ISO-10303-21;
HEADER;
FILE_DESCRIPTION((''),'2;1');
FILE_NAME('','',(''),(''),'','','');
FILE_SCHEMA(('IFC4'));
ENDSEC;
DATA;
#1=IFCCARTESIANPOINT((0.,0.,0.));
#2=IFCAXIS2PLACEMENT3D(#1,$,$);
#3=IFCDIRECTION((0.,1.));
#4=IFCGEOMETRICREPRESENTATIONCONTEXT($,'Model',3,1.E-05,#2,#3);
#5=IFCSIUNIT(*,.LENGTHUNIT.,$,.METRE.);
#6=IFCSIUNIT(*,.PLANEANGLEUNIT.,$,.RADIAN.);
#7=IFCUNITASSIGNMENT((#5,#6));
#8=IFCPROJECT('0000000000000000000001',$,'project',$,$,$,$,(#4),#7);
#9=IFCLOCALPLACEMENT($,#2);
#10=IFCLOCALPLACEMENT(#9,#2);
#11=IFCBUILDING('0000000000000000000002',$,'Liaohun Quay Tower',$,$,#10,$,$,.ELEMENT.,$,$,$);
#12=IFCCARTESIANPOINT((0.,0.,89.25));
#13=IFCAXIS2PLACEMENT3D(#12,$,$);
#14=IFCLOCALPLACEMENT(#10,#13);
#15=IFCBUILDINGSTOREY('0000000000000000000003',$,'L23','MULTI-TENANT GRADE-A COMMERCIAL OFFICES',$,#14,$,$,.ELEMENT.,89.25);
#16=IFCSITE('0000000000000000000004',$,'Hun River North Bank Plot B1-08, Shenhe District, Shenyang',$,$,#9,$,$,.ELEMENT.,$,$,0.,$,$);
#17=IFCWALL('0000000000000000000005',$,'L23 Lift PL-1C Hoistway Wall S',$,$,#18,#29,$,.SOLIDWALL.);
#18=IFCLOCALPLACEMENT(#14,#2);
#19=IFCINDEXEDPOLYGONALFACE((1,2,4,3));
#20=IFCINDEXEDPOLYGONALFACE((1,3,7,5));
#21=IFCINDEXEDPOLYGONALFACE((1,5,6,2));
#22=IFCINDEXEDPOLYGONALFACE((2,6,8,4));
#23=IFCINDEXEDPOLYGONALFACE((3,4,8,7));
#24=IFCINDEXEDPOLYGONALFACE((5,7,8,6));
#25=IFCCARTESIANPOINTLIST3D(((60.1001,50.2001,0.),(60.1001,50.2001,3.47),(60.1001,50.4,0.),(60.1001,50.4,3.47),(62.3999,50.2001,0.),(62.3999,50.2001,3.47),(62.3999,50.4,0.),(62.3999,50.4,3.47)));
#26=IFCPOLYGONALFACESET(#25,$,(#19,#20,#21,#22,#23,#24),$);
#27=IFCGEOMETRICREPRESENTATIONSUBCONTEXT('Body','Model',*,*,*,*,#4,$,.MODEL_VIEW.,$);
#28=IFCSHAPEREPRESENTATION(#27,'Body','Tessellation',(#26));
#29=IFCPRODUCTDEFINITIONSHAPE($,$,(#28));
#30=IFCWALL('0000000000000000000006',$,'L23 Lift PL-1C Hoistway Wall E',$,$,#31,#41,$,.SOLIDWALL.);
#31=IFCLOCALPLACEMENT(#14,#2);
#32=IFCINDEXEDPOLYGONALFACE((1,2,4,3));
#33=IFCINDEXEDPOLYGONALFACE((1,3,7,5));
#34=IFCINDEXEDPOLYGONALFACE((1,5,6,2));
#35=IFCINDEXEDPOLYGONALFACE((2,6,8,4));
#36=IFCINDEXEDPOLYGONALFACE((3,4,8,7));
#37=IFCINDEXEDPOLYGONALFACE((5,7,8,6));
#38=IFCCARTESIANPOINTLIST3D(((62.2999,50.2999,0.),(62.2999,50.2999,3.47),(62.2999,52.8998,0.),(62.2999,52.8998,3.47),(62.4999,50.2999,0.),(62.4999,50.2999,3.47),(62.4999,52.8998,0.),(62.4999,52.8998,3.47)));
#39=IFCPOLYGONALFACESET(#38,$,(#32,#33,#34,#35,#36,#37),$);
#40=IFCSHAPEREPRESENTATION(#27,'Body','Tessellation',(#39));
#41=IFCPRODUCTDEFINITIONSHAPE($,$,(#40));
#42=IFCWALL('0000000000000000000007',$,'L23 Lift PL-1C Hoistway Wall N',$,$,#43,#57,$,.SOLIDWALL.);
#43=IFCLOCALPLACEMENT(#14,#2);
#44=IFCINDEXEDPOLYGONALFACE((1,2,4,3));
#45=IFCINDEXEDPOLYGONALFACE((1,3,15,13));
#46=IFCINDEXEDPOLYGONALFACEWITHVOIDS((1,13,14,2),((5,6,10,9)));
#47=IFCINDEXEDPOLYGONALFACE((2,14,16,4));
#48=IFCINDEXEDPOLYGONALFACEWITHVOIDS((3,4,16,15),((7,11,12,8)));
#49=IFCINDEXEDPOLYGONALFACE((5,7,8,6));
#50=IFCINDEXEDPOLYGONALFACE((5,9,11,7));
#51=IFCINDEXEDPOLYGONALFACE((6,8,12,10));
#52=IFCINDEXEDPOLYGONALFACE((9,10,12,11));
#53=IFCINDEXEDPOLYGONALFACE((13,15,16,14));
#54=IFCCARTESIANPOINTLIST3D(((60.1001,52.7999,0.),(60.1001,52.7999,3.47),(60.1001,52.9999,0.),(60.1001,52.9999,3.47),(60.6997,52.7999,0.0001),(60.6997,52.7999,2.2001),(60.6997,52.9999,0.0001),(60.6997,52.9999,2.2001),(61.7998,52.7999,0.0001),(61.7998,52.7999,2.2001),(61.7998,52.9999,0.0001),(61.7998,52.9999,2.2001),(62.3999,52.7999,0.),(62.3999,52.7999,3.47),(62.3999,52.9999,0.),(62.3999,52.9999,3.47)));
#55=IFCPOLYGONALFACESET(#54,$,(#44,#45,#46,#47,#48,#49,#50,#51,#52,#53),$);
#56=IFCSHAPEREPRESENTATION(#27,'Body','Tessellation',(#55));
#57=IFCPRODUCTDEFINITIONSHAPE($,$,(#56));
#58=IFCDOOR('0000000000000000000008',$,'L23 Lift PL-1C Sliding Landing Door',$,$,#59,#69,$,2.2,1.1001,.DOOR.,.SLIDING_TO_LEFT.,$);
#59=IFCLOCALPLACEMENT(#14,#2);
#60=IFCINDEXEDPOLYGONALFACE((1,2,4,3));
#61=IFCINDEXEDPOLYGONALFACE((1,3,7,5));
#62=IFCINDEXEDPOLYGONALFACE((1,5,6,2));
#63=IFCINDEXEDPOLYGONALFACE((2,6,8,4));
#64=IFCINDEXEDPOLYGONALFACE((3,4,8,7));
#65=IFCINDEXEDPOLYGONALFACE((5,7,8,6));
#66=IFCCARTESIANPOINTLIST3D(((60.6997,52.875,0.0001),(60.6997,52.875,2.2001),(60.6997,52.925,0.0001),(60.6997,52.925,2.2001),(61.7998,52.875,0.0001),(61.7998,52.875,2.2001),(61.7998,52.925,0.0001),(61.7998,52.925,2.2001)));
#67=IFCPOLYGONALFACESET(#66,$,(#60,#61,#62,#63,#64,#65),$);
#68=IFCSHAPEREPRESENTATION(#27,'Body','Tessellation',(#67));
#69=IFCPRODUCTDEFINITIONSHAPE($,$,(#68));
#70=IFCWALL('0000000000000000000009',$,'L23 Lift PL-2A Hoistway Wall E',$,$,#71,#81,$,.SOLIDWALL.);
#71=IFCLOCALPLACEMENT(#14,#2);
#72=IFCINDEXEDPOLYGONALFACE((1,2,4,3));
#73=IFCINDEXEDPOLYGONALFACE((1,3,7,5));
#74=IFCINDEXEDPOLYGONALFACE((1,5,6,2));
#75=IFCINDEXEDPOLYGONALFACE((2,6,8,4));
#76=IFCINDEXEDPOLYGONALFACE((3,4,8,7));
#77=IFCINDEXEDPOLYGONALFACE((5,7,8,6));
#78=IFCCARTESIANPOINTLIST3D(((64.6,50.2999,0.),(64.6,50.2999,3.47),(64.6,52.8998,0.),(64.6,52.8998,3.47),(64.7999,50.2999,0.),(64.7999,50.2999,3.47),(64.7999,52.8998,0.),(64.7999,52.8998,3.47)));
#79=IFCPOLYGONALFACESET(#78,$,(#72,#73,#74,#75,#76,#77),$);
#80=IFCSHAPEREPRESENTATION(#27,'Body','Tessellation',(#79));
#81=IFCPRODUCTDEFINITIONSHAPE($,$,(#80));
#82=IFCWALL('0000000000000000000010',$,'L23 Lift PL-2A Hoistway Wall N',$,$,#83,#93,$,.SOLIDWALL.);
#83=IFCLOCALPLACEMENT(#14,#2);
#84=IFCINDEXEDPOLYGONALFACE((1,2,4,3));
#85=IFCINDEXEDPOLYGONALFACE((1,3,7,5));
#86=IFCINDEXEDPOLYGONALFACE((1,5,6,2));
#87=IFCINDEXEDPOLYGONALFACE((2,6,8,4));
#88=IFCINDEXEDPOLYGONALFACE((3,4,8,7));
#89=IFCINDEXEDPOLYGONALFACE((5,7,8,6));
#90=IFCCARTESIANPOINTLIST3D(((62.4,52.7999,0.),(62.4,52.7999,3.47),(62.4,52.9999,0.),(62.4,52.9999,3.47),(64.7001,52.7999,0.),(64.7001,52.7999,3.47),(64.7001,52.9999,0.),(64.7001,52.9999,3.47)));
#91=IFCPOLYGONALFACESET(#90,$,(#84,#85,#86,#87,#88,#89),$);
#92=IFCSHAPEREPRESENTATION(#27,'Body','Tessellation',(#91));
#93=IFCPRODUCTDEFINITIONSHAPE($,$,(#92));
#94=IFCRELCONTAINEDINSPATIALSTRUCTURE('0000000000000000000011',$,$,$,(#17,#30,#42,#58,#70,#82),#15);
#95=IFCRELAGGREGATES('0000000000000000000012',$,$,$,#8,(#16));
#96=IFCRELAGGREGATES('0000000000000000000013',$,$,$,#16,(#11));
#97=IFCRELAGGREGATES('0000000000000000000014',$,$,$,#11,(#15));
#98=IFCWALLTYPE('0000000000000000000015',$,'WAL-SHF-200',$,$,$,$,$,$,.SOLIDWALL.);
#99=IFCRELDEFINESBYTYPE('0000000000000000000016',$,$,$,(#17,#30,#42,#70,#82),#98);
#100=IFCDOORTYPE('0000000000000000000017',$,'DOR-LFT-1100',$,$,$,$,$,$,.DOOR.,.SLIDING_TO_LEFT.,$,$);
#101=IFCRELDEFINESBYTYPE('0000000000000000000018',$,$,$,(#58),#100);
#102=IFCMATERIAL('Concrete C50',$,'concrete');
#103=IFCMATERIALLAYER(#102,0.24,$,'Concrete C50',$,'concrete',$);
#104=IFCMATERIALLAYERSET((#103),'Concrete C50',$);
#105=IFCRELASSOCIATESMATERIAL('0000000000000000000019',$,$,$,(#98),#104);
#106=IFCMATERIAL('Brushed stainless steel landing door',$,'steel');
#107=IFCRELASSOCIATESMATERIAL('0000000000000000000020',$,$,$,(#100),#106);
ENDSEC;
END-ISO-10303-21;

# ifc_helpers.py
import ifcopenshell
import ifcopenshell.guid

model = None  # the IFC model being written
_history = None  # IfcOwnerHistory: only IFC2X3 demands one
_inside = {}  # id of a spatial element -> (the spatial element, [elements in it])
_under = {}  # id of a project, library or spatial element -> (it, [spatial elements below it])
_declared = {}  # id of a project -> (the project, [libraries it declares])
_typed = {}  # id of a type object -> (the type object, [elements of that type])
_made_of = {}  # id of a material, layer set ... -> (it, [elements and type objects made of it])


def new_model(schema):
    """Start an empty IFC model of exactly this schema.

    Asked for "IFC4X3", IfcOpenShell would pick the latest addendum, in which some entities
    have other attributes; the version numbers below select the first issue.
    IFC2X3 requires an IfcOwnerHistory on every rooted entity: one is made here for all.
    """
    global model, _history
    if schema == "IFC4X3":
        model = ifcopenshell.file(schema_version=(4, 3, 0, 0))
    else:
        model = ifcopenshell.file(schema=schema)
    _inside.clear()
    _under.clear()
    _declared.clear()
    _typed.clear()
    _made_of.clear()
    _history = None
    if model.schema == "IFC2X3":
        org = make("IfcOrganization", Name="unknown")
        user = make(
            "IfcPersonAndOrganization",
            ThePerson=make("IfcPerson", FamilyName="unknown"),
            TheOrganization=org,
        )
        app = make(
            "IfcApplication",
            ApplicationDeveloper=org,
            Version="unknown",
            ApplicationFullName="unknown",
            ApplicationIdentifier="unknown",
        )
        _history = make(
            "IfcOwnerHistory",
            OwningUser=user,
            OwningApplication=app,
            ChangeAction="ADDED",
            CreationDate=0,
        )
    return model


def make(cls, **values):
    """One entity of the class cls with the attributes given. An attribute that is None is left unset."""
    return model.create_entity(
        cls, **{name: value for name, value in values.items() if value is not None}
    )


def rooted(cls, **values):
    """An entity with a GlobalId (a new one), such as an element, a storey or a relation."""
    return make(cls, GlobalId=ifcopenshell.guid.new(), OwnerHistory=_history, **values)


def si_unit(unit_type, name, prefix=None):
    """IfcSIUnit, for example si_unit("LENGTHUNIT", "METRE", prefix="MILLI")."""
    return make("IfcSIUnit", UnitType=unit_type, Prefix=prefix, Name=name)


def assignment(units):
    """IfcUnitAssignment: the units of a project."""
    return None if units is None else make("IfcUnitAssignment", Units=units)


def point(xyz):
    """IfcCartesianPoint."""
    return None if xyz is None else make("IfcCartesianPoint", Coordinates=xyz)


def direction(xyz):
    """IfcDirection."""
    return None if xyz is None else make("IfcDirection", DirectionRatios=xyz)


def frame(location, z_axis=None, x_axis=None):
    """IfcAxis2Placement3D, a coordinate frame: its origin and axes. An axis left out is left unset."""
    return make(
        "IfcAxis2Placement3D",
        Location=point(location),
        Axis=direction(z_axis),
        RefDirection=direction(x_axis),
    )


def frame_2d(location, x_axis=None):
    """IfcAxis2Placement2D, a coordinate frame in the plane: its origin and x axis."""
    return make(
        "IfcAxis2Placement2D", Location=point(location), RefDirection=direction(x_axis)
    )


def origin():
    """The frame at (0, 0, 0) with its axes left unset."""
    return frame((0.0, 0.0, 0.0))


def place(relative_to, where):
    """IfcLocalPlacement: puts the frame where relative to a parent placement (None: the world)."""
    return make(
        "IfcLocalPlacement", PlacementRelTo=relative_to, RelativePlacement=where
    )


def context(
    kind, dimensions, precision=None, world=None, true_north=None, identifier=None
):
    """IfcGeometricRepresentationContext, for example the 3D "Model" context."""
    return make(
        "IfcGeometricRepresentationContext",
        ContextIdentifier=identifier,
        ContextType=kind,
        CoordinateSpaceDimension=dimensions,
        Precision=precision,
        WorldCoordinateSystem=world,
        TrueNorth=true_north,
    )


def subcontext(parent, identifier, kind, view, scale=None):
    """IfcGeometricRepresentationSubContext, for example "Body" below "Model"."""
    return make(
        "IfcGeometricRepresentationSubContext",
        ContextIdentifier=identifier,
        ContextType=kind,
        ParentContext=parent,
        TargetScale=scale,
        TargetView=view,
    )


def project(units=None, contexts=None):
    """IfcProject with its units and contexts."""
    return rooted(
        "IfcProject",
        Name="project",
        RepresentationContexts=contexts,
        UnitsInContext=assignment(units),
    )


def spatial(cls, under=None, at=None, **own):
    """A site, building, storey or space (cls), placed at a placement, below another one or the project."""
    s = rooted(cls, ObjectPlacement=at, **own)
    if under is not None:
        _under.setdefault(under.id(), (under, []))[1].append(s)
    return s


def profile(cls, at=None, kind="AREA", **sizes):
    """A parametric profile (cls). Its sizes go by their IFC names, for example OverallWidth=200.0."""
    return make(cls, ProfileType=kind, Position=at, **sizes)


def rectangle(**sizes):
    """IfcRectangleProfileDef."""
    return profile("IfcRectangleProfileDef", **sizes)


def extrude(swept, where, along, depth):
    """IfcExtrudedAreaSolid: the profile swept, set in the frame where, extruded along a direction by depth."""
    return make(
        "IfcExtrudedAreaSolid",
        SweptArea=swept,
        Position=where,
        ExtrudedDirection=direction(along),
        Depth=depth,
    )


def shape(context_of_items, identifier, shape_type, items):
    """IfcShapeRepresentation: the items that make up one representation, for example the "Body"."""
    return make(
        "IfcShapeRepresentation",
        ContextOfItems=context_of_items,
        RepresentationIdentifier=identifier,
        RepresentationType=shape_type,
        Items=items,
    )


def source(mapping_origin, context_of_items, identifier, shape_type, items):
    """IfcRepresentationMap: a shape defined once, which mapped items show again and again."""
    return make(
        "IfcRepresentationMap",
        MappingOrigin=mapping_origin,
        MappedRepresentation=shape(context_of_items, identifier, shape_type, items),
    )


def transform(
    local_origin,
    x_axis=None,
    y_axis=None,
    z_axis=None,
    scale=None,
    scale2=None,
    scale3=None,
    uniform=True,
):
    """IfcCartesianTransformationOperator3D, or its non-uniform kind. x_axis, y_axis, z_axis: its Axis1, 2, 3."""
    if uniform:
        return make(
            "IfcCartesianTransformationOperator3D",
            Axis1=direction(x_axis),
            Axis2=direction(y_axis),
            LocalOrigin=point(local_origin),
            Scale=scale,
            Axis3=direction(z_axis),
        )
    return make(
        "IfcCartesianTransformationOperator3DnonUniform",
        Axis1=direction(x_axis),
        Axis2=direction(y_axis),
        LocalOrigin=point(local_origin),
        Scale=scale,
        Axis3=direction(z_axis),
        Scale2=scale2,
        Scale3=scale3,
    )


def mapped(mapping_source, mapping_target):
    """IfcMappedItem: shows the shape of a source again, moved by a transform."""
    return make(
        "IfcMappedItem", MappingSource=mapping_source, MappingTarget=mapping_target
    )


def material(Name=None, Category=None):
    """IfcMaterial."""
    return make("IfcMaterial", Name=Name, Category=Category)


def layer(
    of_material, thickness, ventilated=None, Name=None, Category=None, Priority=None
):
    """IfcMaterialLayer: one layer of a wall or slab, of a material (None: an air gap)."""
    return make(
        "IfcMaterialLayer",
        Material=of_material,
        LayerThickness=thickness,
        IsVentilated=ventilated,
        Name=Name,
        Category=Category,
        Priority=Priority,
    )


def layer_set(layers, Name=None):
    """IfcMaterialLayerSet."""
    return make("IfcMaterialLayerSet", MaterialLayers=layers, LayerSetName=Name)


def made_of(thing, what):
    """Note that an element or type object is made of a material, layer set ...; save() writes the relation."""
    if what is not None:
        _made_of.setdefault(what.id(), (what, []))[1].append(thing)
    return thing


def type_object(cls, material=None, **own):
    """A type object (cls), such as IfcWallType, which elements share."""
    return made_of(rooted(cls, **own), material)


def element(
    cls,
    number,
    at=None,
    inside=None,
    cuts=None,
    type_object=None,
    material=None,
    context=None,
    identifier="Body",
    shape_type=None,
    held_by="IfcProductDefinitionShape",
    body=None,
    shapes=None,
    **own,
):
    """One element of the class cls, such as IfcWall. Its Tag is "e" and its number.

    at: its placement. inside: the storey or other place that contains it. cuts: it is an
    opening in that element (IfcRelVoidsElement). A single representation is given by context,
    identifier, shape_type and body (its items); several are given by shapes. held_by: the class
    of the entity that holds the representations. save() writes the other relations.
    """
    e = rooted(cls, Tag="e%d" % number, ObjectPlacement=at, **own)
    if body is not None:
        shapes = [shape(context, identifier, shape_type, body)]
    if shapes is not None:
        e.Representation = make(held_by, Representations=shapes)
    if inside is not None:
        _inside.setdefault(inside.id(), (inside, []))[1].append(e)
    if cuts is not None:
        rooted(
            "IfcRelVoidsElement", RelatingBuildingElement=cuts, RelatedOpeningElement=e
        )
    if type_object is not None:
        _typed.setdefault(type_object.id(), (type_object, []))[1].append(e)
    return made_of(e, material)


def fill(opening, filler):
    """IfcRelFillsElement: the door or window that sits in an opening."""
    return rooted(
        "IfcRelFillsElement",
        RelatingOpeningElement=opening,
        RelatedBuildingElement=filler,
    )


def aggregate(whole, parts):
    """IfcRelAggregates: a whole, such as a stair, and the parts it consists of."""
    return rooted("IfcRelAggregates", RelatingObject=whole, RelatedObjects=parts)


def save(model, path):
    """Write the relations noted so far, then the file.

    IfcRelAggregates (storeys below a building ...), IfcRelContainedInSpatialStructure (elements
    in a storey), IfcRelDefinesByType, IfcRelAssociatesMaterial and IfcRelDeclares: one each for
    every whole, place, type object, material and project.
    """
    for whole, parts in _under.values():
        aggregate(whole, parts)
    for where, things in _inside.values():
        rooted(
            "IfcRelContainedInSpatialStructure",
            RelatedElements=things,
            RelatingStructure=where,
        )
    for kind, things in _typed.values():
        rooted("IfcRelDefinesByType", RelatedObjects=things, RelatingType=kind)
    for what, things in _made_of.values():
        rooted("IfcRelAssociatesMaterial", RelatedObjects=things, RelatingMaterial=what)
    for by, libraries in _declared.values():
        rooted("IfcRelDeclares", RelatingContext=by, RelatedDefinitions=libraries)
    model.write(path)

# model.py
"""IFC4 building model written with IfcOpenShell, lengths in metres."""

from ifc_helpers import new_model, si_unit, direction, frame, frame_2d, origin, place, context, subcontext, project, spatial, rectangle, extrude, source, transform, mapped, material, layer, layer_set, type_object, element, fill, save


model = new_model("IFC4")

# Units and contexts
model_context = context("Model", 3, precision=1e-05, world=origin(), true_north=direction((0.0, 1.0)))
body_context = subcontext(model_context, "Body", "Model", "MODEL_VIEW")
ifc_project = project(units=[si_unit("LENGTHUNIT", "METRE"), si_unit("PLANEANGLEUNIT", "RADIAN")], contexts=[model_context])

# Site, building, storey
site_placement = place(None, origin())
site = spatial("IfcSite", under=ifc_project, at=site_placement, Name="Hun River North Bank Plot B1-08, Shenhe District, Shenyang", CompositionType="ELEMENT", RefElevation=0.0)
building_placement = place(site_placement, origin())
building = spatial("IfcBuilding", under=site, at=building_placement, Name="Liaohun Quay Tower", CompositionType="ELEMENT")
storey_placement = place(building_placement, frame((0.0, 0.0, 89.25)))
storey = spatial("IfcBuildingStorey", under=building, at=storey_placement, Name="L23", Description="MULTI-TENANT GRADE-A COMMERCIAL OFFICES", CompositionType="ELEMENT", Elevation=89.25)

# Shared definitions
ifc_material_1 = material(Name="Concrete C50", Category="concrete")
ifc_layer_1 = layer(ifc_material_1, 0.24, Name="Concrete C50", Category="concrete")
ifc_layer_set_1 = layer_set([ifc_layer_1], Name="Concrete C50")
wall_type_1 = type_object("IfcWallType", Name="WAL-SHF-200", PredefinedType="SOLIDWALL", material=ifc_layer_set_1)

# Shared definitions
shared_shape_1 = source(origin(), body_context, "Body", "SweptSolid", [
    extrude(rectangle(XDim=1.1001, YDim=2.2, at=frame_2d((0.55, 1.1001))), frame((0.0, 0.1099, 0.0), z_axis=(0.0, -1.0, 0.0), x_axis=(1.0, 0.0, 0.0)), (0.0, 0.0, 1.0), 0.22),
])
ifc_material_2 = material(Name="Brushed stainless steel landing door", Category="steel")
door_type_1 = type_object("IfcDoorType", Name="DOR-LFT-1100", OperationType="SLIDING_TO_LEFT", PredefinedType="DOOR", material=ifc_material_2)
shared_shape_2 = source(origin(), body_context, "Body", "SweptSolid", [
    extrude(rectangle(XDim=1.1001, YDim=2.2, at=frame_2d((0.55, 1.1001))), frame((0.0, 0.0249, 0.0), z_axis=(0.0, -1.0, 0.0), x_axis=(1.0, 0.0, 0.0)), (0.0, 0.0, 1.0), 0.05),
])

# Walls
wall_1_placement = place(storey_placement, frame((60.1001, 50.3, 0.0), z_axis=(0.0, 0.0, 1.0), x_axis=(1.0, 0.0, 0.0)))
element("IfcWall", 1, at=wall_1_placement, inside=storey, type_object=wall_type_1, Name="L23 Lift PL-1C Hoistway Wall S", PredefinedType="SOLIDWALL", context=body_context, shape_type="SweptSolid", body=[
    extrude(rectangle(XDim=2.2998, YDim=0.2, at=frame_2d((1.1499, 0.0))), origin(), (0.0, 0.0, 1.0), 3.47),
])
wall_2_placement = place(storey_placement, frame((62.3999, 50.3, 0.0), z_axis=(0.0, 0.0, 1.0), x_axis=(0.0, 1.0, 0.0)))
element("IfcWall", 2, at=wall_2_placement, inside=storey, type_object=wall_type_1, Name="L23 Lift PL-1C Hoistway Wall E", PredefinedType="SOLIDWALL", context=body_context, shape_type="SweptSolid", body=[
    extrude(rectangle(XDim=2.5999, YDim=0.2, at=frame_2d((1.2998, 0.0))), origin(), (0.0, 0.0, 1.0), 3.47),
])

# Wall, opening, door
wall_3_placement = place(storey_placement, frame((62.3999, 52.8999, 0.0), z_axis=(0.0, 0.0, 1.0), x_axis=(-1.0, 0.0, 0.0)))
wall_3 = element("IfcWall", 3, at=wall_3_placement, inside=storey, type_object=wall_type_1, Name="L23 Lift PL-1C Hoistway Wall N", PredefinedType="SOLIDWALL", context=body_context, shape_type="SweptSolid", body=[
    extrude(rectangle(XDim=2.2998, YDim=0.2, at=frame_2d((1.1499, 0.0))), origin(), (0.0, 0.0, 1.0), 3.47),
])
opening_1_placement = place(wall_3_placement, frame((0.6001, 0.0, 0.0)))
opening_1 = element("IfcOpeningElement", 4, at=opening_1_placement, cuts=wall_3, PredefinedType="OPENING", context=body_context, shape_type="MappedRepresentation", body=[
    mapped(shared_shape_1, transform((0.0, 0.0, 0.0), x_axis=(1.0, 0.0, 0.0), y_axis=(0.0, 1.0, 0.0), z_axis=(0.0, 0.0, 1.0), scale=1.0)),
])
door_1_placement = place(opening_1_placement, origin())
door_1 = element("IfcDoor", 5, at=door_1_placement, inside=storey, type_object=door_type_1, Name="L23 Lift PL-1C Sliding Landing Door", OperationType="SLIDING_TO_LEFT", OverallHeight=2.2, OverallWidth=1.1001, PredefinedType="DOOR", context=body_context, shape_type="MappedRepresentation", body=[
    mapped(shared_shape_2, transform((0.0, 0.0, 0.0), x_axis=(1.0, 0.0, 0.0), y_axis=(0.0, 1.0, 0.0), z_axis=(0.0, 0.0, 1.0), scale=1.0)),
])
fill(opening_1, door_1)

# Walls
wall_4_placement = place(storey_placement, frame((64.7, 50.3, 0.0), z_axis=(0.0, 0.0, 1.0), x_axis=(0.0, 1.0, 0.0)))
element("IfcWall", 6, at=wall_4_placement, inside=storey, type_object=wall_type_1, Name="L23 Lift PL-2A Hoistway Wall E", PredefinedType="SOLIDWALL", context=body_context, shape_type="SweptSolid", body=[
    extrude(rectangle(XDim=2.5999, YDim=0.2, at=frame_2d((1.2998, 0.0))), origin(), (0.0, 0.0, 1.0), 3.47),
])
wall_5_placement = place(storey_placement, frame((64.7, 52.8999, 0.0), z_axis=(0.0, 0.0, 1.0), x_axis=(-1.0, 0.0, 0.0)))
element("IfcWall", 7, at=wall_5_placement, inside=storey, type_object=wall_type_1, Name="L23 Lift PL-2A Hoistway Wall N", PredefinedType="SOLIDWALL", context=body_context, shape_type="SweptSolid", body=[
    extrude(rectangle(XDim=2.3, YDim=0.2, at=frame_2d((1.1499, 0.0))), origin(), (0.0, 0.0, 1.0), 3.47),
])

save(model, "model.ifc")
